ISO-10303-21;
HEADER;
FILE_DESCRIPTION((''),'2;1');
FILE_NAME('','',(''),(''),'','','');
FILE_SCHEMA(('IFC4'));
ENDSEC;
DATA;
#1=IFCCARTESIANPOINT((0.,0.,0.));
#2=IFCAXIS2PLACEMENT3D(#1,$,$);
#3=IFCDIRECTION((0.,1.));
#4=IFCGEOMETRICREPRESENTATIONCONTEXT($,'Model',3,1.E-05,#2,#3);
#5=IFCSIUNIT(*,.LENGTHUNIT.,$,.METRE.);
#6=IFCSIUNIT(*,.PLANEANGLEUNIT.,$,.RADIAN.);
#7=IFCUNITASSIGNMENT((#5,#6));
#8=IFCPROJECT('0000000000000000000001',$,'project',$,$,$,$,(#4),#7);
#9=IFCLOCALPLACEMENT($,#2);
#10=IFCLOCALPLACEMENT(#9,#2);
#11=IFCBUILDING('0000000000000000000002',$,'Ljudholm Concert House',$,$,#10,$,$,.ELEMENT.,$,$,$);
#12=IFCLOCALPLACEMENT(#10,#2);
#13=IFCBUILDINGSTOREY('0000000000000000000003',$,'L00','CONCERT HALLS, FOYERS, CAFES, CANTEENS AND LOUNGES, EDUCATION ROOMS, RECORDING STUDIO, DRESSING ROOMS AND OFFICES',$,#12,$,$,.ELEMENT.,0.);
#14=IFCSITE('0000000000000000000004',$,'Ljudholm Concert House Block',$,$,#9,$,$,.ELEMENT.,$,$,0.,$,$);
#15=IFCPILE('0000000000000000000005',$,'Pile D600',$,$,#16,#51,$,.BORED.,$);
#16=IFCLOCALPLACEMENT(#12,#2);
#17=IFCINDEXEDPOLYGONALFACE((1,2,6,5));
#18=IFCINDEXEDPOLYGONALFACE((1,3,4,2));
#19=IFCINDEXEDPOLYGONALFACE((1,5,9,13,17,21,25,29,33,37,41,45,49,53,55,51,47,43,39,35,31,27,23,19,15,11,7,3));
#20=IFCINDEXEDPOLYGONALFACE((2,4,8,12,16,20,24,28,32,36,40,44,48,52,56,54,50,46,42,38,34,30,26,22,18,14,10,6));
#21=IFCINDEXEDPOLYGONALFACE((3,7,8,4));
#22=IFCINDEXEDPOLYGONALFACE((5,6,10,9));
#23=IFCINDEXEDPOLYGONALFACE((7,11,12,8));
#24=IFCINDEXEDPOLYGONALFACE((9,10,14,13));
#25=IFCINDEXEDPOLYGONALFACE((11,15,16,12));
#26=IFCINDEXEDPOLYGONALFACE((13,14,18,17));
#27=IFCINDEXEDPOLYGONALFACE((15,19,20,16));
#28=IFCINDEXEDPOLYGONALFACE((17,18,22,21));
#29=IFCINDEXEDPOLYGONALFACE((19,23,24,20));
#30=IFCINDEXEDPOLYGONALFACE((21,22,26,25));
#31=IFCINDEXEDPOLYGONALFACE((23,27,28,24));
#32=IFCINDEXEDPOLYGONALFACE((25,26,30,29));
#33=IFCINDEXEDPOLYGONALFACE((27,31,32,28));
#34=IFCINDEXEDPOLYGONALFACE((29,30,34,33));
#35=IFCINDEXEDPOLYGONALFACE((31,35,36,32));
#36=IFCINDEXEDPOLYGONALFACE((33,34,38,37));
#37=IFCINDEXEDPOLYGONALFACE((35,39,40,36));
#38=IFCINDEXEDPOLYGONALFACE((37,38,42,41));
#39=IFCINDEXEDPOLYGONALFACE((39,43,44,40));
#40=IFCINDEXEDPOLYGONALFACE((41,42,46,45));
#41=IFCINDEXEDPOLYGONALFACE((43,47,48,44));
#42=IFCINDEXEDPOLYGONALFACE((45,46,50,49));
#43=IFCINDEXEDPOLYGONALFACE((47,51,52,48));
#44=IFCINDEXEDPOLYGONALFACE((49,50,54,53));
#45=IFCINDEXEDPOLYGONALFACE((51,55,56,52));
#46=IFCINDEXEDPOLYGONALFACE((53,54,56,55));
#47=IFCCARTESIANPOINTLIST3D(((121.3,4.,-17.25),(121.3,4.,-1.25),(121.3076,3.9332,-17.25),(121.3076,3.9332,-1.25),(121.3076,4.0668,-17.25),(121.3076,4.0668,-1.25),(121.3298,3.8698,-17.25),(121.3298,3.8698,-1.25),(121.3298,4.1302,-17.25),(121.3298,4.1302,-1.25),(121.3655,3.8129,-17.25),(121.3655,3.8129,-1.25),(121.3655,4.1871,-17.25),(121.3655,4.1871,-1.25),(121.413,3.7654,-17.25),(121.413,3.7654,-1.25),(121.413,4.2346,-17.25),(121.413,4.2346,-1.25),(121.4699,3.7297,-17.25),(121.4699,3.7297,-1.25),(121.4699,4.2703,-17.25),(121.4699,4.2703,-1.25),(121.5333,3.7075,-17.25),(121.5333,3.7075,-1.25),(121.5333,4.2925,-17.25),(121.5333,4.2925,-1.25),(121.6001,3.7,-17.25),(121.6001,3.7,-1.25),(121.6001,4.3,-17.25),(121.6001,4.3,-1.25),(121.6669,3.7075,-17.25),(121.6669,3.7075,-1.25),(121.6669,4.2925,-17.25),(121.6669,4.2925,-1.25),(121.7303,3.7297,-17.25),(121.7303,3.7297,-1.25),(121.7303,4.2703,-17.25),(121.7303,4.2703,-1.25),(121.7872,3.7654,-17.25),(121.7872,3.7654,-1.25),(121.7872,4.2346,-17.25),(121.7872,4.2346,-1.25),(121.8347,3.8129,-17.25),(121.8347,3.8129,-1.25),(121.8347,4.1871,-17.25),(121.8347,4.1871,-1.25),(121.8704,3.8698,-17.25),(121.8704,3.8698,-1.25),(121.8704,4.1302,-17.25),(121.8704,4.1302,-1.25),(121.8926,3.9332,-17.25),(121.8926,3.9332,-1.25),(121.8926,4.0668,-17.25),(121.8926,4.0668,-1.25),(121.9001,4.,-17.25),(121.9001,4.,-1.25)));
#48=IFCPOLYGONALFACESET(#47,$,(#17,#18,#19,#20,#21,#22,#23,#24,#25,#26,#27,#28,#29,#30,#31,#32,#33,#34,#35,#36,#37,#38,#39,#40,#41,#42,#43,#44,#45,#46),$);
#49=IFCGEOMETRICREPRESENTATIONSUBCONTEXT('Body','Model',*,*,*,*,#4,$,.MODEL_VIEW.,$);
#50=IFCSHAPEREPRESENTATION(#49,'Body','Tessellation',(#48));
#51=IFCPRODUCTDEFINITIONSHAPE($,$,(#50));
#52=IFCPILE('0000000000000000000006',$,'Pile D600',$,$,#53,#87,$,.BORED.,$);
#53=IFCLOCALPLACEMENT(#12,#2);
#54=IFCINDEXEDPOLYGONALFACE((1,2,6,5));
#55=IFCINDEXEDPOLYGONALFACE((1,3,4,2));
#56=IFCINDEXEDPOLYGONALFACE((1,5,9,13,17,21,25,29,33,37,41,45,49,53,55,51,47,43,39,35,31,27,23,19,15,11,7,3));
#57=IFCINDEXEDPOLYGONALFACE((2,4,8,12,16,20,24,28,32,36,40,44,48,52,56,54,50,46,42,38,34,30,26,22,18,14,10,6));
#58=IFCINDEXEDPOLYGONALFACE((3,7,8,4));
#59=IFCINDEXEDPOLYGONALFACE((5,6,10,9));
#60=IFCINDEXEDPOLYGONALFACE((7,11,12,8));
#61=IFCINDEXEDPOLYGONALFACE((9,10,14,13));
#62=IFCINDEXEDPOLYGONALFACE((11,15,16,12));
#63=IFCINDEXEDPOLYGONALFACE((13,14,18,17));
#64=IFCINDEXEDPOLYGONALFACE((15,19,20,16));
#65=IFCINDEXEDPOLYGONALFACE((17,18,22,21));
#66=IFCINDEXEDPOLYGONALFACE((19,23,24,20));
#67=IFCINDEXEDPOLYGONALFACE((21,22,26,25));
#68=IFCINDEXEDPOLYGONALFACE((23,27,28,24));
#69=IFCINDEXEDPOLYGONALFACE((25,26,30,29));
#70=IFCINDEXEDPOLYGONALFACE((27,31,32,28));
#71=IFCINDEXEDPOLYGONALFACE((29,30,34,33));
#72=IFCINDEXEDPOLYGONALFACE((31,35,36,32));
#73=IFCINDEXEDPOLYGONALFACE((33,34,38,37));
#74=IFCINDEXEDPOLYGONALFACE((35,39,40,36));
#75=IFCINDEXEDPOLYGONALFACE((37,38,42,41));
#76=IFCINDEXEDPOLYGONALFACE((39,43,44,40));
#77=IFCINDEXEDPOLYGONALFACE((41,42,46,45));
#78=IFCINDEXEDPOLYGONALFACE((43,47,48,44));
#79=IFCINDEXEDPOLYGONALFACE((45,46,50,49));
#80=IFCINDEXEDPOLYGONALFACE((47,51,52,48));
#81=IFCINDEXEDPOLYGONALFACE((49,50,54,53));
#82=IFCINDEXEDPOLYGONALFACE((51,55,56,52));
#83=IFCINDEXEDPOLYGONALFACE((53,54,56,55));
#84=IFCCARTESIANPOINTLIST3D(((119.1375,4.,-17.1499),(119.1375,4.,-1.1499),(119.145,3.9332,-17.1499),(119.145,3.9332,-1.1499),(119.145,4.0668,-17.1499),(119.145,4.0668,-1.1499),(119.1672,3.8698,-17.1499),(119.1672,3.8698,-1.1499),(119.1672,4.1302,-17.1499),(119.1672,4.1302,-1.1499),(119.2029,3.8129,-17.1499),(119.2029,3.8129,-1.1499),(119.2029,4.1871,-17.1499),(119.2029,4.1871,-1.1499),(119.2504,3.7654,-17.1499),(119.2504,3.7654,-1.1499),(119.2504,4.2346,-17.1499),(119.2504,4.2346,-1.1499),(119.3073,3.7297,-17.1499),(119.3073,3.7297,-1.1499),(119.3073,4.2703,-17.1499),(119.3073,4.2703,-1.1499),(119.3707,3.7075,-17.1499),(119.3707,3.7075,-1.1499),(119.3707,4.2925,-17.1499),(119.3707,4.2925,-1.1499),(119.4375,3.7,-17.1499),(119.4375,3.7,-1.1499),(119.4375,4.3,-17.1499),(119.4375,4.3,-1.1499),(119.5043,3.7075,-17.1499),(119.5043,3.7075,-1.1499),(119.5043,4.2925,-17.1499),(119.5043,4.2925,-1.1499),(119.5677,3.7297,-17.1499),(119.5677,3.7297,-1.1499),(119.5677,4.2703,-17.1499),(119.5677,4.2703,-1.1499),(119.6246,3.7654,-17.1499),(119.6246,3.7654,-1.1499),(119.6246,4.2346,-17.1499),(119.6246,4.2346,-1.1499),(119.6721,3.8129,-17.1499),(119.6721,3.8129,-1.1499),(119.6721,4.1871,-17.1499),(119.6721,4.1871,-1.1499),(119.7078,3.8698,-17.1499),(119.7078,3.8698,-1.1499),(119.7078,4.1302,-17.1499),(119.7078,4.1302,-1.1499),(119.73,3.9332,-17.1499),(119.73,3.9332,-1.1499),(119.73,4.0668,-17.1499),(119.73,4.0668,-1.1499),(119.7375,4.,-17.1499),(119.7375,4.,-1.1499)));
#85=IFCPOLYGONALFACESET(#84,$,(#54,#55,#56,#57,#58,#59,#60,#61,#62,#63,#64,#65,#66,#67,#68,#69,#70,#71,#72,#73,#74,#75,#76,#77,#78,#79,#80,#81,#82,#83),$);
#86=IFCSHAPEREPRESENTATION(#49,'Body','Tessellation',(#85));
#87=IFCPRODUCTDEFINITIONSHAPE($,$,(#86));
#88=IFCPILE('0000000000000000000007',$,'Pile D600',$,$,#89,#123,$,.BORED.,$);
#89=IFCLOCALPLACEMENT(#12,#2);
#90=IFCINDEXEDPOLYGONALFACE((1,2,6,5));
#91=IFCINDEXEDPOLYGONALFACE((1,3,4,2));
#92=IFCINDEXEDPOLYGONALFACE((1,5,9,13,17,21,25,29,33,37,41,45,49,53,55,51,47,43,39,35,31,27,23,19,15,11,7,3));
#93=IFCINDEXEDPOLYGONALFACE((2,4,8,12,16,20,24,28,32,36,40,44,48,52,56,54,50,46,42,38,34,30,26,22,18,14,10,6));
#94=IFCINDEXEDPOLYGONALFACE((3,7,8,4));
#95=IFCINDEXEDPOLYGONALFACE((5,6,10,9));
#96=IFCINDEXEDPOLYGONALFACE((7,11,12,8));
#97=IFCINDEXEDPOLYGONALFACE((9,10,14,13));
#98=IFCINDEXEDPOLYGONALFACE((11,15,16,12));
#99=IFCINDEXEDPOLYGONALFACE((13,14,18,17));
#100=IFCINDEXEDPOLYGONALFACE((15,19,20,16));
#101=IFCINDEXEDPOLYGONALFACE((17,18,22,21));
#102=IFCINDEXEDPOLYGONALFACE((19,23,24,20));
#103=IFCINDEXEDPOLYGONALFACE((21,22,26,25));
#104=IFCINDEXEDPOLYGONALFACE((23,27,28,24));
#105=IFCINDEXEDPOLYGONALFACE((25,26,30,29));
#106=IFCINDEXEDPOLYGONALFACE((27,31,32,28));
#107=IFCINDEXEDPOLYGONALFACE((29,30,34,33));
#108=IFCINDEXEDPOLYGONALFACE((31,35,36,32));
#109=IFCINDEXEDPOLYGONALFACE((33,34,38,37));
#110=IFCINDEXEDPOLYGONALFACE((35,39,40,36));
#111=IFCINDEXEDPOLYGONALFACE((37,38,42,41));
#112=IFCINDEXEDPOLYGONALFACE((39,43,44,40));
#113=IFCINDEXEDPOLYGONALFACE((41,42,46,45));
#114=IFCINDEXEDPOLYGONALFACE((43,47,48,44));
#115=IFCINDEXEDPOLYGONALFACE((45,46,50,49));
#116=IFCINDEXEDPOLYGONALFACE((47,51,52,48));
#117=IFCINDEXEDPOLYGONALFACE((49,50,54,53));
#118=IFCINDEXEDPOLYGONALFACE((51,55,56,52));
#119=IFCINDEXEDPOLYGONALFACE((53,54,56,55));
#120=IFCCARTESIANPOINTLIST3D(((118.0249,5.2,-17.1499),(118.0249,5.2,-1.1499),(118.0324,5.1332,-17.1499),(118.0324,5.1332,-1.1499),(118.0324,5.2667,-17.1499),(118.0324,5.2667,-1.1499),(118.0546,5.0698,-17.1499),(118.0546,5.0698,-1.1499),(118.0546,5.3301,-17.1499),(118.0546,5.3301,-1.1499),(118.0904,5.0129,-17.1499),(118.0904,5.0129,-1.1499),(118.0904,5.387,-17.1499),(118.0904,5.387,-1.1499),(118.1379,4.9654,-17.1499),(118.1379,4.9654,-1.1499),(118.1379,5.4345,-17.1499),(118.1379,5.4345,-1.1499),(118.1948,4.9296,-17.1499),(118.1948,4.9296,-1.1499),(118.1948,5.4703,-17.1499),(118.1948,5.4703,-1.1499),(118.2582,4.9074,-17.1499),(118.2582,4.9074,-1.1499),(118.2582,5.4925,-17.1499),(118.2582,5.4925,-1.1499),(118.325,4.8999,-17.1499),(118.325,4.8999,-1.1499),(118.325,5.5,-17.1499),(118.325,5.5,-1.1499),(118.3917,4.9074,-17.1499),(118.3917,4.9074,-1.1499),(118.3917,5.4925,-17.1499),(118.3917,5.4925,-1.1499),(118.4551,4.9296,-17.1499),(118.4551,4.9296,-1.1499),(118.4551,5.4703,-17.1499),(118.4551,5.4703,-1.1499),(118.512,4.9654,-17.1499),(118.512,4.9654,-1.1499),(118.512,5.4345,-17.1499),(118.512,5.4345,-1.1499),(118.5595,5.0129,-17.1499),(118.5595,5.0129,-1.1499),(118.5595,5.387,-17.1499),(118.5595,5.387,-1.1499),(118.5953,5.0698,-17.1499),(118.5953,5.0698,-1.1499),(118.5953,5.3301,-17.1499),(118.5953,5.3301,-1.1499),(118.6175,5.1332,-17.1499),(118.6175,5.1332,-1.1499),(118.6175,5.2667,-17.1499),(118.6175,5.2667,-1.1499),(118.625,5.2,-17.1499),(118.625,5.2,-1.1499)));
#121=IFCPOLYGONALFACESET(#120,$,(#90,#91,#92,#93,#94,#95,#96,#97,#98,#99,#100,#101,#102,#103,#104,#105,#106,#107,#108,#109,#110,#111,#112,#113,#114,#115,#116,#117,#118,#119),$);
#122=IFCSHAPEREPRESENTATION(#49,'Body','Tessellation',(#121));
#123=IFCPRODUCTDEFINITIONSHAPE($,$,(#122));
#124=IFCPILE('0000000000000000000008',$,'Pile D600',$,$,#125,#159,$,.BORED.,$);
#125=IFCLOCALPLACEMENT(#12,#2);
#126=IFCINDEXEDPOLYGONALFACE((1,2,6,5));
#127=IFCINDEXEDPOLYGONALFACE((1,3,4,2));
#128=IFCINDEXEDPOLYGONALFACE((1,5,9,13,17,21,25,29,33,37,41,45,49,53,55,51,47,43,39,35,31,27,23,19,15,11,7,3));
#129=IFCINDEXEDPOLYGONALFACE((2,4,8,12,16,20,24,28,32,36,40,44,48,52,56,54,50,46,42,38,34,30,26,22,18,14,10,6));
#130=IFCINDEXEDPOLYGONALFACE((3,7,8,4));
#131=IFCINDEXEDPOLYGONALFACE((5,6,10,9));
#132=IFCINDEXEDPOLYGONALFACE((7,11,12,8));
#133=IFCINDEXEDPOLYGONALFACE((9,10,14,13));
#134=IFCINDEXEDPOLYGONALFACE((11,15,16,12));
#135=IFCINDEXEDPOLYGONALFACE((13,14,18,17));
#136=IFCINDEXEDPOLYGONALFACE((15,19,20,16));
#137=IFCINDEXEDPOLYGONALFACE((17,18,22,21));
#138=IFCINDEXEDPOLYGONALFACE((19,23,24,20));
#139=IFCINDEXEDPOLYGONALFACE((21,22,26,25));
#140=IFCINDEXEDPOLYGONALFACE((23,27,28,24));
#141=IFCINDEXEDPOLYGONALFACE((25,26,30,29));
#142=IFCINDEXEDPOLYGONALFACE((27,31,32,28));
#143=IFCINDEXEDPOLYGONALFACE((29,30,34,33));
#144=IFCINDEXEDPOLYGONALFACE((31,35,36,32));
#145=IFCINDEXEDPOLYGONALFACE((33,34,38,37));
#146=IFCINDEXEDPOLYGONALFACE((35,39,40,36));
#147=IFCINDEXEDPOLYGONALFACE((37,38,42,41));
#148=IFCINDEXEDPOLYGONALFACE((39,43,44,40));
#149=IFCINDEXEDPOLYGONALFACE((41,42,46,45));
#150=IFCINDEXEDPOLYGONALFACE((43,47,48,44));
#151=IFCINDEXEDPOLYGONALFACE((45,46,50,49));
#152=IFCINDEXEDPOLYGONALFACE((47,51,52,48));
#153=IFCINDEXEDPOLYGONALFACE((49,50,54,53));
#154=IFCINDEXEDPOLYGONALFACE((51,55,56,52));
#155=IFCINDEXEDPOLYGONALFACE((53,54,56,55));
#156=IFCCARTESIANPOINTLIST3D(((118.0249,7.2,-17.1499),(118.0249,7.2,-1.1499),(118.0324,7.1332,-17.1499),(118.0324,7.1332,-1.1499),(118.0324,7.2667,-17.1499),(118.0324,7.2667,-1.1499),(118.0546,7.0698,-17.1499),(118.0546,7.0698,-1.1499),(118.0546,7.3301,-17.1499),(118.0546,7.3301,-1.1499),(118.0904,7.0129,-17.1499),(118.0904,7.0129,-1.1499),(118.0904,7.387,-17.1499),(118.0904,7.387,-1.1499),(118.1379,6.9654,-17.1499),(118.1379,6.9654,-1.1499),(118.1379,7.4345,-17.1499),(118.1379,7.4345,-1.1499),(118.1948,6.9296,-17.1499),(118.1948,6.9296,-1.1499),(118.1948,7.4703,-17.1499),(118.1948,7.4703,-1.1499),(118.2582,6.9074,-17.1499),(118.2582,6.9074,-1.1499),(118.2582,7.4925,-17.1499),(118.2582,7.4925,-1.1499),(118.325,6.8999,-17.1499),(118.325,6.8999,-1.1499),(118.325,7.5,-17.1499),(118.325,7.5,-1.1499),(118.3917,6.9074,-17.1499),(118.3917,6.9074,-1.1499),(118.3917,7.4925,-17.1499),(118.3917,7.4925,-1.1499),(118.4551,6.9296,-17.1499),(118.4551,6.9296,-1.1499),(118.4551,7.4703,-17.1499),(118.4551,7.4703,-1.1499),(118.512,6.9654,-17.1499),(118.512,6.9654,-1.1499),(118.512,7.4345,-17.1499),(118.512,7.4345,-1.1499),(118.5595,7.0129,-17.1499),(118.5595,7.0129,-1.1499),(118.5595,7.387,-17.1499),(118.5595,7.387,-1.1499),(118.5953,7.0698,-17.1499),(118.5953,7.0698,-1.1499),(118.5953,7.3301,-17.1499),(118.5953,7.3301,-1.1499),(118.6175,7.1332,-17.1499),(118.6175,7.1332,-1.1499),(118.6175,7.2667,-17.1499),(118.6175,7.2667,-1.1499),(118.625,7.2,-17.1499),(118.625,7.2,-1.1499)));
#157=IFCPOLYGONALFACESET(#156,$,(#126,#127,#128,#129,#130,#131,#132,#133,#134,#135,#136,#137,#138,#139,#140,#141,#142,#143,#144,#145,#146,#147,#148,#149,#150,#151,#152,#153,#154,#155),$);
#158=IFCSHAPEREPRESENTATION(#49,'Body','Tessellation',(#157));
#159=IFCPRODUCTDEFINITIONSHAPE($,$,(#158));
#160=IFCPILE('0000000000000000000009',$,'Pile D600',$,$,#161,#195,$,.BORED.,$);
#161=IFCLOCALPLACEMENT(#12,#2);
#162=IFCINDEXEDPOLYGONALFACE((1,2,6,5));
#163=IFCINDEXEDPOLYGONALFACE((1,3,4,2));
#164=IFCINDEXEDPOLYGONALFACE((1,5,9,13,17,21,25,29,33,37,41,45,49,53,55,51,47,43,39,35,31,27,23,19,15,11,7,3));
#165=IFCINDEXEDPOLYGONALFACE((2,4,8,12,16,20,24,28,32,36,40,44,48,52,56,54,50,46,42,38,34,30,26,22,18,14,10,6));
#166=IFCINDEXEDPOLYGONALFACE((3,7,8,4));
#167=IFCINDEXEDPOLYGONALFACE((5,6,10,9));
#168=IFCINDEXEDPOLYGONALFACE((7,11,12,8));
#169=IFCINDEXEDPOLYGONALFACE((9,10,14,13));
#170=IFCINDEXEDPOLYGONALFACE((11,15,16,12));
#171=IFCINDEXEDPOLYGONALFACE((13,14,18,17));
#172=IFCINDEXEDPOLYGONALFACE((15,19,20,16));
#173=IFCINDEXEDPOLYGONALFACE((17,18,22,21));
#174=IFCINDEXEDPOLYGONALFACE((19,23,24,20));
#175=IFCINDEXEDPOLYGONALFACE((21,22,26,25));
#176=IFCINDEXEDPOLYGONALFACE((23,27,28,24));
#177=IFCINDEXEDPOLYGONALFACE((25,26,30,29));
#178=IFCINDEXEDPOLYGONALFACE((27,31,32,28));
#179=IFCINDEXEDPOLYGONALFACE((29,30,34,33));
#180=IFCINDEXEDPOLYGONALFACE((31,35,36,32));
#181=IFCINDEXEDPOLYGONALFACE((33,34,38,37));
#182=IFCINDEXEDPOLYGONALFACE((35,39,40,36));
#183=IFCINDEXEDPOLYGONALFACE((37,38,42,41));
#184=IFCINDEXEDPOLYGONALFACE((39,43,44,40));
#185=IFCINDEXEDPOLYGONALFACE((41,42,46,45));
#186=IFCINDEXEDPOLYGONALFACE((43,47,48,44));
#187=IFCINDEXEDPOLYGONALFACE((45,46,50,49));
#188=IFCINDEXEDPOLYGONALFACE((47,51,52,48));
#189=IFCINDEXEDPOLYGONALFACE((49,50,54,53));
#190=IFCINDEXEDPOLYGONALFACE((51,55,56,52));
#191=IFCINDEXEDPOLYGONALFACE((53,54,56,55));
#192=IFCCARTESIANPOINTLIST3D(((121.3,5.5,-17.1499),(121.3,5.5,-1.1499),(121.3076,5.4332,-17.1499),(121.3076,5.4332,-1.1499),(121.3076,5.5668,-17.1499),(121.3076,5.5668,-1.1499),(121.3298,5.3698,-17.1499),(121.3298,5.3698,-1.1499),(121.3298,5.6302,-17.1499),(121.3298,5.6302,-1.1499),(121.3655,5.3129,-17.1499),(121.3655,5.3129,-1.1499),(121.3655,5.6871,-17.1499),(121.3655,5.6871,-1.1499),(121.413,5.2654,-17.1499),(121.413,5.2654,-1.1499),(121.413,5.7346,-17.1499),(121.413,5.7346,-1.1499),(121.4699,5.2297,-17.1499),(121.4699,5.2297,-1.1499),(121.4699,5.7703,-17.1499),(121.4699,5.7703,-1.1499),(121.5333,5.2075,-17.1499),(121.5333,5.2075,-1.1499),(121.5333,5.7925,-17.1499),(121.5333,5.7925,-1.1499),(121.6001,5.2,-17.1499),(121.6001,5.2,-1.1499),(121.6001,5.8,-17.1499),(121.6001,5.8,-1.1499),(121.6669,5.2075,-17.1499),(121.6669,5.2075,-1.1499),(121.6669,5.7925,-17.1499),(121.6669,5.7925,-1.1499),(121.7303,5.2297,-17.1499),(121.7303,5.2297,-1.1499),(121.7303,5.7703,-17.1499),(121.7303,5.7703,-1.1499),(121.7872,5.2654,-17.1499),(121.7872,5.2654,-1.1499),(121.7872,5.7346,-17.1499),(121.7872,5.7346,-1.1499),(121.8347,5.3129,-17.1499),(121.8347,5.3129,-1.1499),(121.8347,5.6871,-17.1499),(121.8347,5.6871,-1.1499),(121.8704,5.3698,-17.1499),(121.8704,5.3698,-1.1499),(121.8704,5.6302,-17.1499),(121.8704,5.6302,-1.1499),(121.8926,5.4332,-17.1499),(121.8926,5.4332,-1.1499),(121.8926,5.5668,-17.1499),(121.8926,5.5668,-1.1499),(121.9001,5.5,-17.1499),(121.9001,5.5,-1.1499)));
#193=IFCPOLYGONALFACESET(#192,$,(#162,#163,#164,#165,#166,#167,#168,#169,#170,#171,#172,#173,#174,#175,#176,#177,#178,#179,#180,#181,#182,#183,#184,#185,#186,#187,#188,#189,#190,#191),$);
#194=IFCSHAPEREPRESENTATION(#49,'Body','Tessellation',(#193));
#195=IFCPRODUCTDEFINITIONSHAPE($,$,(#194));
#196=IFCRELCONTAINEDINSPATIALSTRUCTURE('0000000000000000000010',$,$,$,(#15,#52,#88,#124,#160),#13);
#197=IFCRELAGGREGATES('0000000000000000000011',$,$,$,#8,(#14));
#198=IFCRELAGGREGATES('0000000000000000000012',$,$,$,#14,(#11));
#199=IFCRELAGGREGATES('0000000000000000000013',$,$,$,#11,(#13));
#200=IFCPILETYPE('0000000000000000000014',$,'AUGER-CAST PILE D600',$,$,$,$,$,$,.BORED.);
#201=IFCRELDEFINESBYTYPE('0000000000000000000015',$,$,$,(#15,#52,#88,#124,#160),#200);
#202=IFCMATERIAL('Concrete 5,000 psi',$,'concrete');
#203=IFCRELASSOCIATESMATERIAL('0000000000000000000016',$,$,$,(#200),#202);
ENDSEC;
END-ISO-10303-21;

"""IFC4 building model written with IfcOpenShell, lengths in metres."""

from ifc_helpers import new_model, si_unit, direction, frame, origin, origin_2d, place, context, subcontext, project, spatial, circle, extrude, material, material_profile, profile_set, type_object, element, save


model = new_model("IFC4")

# Units and contexts
model_context = context("Model", 3, precision=1e-05, world=origin(), true_north=direction((0.0, 1.0)))
body_context = subcontext(model_context, "Body", "Model", "MODEL_VIEW")
ifc_project = project(units=[si_unit("LENGTHUNIT", "METRE"), si_unit("PLANEANGLEUNIT", "RADIAN")], contexts=[model_context])

# Site, building, storey
site_placement = place(None, origin())
site = spatial("IfcSite", under=ifc_project, at=site_placement, Name="Ljudholm Concert House Block", CompositionType="ELEMENT", RefElevation=0.0)
building_placement = place(site_placement, origin())
building = spatial("IfcBuilding", under=site, at=building_placement, Name="Ljudholm Concert House", CompositionType="ELEMENT")
storey_placement = place(building_placement, origin())
storey = spatial("IfcBuildingStorey", under=building, at=storey_placement, Name="L00", Description="CONCERT HALLS, FOYERS, CAFES, CANTEENS AND LOUNGES, EDUCATION ROOMS, RECORDING STUDIO, DRESSING ROOMS AND OFFICES", CompositionType="ELEMENT", Elevation=0.0)

# Piles
ifc_material_1 = material(Name="Concrete 5,000 psi", Category="concrete")
ifc_material_profile_1 = material_profile(ifc_material_1, circle(Radius=0.3, at=origin_2d()), Name="AUGER-CAST PILE D600")
ifc_profile_set_1 = profile_set([ifc_material_profile_1], Name="Concrete 5,000 psi")
pile_type = type_object("IfcPileType", Name="AUGER-CAST PILE D600", PredefinedType="BORED", material=ifc_profile_set_1)
for number, where, z_axis, x_axis, name in (
    (1, (121.6001, 4.0, -1.25), (0.0, 0.0, -1.0), (1.0, 0.0, 0.0), "Pile D600"),
    (2, (119.4375, 4.0, -1.1499), (0.0, 0.0, -1.0), (1.0, 0.0, 0.0), "Pile D600"),
    (3, (118.325, 5.2, -1.1499), (0.0, 0.0, -1.0), (1.0, 0.0, 0.0), "Pile D600"),
    (4, (118.325, 7.2, -1.1499), (0.0, 0.0, -1.0), (1.0, 0.0, 0.0), "Pile D600"),
    (5, (121.6001, 5.5, -1.1499), (0.0, 0.0, -1.0), (1.0, 0.0, 0.0), "Pile D600"),
):
    element("IfcPile", number, at=place(storey_placement, frame(where, z_axis=z_axis, x_axis=x_axis)), inside=storey, type_object=pile_type, Name=name, PredefinedType="BORED", context=body_context, shape_type="SweptSolid", body=[
        extrude(circle(Radius=0.3, at=origin_2d()), origin(), (0.0, 0.0, 1.0), 16.0),
    ])

save(model, "model.ifc")
